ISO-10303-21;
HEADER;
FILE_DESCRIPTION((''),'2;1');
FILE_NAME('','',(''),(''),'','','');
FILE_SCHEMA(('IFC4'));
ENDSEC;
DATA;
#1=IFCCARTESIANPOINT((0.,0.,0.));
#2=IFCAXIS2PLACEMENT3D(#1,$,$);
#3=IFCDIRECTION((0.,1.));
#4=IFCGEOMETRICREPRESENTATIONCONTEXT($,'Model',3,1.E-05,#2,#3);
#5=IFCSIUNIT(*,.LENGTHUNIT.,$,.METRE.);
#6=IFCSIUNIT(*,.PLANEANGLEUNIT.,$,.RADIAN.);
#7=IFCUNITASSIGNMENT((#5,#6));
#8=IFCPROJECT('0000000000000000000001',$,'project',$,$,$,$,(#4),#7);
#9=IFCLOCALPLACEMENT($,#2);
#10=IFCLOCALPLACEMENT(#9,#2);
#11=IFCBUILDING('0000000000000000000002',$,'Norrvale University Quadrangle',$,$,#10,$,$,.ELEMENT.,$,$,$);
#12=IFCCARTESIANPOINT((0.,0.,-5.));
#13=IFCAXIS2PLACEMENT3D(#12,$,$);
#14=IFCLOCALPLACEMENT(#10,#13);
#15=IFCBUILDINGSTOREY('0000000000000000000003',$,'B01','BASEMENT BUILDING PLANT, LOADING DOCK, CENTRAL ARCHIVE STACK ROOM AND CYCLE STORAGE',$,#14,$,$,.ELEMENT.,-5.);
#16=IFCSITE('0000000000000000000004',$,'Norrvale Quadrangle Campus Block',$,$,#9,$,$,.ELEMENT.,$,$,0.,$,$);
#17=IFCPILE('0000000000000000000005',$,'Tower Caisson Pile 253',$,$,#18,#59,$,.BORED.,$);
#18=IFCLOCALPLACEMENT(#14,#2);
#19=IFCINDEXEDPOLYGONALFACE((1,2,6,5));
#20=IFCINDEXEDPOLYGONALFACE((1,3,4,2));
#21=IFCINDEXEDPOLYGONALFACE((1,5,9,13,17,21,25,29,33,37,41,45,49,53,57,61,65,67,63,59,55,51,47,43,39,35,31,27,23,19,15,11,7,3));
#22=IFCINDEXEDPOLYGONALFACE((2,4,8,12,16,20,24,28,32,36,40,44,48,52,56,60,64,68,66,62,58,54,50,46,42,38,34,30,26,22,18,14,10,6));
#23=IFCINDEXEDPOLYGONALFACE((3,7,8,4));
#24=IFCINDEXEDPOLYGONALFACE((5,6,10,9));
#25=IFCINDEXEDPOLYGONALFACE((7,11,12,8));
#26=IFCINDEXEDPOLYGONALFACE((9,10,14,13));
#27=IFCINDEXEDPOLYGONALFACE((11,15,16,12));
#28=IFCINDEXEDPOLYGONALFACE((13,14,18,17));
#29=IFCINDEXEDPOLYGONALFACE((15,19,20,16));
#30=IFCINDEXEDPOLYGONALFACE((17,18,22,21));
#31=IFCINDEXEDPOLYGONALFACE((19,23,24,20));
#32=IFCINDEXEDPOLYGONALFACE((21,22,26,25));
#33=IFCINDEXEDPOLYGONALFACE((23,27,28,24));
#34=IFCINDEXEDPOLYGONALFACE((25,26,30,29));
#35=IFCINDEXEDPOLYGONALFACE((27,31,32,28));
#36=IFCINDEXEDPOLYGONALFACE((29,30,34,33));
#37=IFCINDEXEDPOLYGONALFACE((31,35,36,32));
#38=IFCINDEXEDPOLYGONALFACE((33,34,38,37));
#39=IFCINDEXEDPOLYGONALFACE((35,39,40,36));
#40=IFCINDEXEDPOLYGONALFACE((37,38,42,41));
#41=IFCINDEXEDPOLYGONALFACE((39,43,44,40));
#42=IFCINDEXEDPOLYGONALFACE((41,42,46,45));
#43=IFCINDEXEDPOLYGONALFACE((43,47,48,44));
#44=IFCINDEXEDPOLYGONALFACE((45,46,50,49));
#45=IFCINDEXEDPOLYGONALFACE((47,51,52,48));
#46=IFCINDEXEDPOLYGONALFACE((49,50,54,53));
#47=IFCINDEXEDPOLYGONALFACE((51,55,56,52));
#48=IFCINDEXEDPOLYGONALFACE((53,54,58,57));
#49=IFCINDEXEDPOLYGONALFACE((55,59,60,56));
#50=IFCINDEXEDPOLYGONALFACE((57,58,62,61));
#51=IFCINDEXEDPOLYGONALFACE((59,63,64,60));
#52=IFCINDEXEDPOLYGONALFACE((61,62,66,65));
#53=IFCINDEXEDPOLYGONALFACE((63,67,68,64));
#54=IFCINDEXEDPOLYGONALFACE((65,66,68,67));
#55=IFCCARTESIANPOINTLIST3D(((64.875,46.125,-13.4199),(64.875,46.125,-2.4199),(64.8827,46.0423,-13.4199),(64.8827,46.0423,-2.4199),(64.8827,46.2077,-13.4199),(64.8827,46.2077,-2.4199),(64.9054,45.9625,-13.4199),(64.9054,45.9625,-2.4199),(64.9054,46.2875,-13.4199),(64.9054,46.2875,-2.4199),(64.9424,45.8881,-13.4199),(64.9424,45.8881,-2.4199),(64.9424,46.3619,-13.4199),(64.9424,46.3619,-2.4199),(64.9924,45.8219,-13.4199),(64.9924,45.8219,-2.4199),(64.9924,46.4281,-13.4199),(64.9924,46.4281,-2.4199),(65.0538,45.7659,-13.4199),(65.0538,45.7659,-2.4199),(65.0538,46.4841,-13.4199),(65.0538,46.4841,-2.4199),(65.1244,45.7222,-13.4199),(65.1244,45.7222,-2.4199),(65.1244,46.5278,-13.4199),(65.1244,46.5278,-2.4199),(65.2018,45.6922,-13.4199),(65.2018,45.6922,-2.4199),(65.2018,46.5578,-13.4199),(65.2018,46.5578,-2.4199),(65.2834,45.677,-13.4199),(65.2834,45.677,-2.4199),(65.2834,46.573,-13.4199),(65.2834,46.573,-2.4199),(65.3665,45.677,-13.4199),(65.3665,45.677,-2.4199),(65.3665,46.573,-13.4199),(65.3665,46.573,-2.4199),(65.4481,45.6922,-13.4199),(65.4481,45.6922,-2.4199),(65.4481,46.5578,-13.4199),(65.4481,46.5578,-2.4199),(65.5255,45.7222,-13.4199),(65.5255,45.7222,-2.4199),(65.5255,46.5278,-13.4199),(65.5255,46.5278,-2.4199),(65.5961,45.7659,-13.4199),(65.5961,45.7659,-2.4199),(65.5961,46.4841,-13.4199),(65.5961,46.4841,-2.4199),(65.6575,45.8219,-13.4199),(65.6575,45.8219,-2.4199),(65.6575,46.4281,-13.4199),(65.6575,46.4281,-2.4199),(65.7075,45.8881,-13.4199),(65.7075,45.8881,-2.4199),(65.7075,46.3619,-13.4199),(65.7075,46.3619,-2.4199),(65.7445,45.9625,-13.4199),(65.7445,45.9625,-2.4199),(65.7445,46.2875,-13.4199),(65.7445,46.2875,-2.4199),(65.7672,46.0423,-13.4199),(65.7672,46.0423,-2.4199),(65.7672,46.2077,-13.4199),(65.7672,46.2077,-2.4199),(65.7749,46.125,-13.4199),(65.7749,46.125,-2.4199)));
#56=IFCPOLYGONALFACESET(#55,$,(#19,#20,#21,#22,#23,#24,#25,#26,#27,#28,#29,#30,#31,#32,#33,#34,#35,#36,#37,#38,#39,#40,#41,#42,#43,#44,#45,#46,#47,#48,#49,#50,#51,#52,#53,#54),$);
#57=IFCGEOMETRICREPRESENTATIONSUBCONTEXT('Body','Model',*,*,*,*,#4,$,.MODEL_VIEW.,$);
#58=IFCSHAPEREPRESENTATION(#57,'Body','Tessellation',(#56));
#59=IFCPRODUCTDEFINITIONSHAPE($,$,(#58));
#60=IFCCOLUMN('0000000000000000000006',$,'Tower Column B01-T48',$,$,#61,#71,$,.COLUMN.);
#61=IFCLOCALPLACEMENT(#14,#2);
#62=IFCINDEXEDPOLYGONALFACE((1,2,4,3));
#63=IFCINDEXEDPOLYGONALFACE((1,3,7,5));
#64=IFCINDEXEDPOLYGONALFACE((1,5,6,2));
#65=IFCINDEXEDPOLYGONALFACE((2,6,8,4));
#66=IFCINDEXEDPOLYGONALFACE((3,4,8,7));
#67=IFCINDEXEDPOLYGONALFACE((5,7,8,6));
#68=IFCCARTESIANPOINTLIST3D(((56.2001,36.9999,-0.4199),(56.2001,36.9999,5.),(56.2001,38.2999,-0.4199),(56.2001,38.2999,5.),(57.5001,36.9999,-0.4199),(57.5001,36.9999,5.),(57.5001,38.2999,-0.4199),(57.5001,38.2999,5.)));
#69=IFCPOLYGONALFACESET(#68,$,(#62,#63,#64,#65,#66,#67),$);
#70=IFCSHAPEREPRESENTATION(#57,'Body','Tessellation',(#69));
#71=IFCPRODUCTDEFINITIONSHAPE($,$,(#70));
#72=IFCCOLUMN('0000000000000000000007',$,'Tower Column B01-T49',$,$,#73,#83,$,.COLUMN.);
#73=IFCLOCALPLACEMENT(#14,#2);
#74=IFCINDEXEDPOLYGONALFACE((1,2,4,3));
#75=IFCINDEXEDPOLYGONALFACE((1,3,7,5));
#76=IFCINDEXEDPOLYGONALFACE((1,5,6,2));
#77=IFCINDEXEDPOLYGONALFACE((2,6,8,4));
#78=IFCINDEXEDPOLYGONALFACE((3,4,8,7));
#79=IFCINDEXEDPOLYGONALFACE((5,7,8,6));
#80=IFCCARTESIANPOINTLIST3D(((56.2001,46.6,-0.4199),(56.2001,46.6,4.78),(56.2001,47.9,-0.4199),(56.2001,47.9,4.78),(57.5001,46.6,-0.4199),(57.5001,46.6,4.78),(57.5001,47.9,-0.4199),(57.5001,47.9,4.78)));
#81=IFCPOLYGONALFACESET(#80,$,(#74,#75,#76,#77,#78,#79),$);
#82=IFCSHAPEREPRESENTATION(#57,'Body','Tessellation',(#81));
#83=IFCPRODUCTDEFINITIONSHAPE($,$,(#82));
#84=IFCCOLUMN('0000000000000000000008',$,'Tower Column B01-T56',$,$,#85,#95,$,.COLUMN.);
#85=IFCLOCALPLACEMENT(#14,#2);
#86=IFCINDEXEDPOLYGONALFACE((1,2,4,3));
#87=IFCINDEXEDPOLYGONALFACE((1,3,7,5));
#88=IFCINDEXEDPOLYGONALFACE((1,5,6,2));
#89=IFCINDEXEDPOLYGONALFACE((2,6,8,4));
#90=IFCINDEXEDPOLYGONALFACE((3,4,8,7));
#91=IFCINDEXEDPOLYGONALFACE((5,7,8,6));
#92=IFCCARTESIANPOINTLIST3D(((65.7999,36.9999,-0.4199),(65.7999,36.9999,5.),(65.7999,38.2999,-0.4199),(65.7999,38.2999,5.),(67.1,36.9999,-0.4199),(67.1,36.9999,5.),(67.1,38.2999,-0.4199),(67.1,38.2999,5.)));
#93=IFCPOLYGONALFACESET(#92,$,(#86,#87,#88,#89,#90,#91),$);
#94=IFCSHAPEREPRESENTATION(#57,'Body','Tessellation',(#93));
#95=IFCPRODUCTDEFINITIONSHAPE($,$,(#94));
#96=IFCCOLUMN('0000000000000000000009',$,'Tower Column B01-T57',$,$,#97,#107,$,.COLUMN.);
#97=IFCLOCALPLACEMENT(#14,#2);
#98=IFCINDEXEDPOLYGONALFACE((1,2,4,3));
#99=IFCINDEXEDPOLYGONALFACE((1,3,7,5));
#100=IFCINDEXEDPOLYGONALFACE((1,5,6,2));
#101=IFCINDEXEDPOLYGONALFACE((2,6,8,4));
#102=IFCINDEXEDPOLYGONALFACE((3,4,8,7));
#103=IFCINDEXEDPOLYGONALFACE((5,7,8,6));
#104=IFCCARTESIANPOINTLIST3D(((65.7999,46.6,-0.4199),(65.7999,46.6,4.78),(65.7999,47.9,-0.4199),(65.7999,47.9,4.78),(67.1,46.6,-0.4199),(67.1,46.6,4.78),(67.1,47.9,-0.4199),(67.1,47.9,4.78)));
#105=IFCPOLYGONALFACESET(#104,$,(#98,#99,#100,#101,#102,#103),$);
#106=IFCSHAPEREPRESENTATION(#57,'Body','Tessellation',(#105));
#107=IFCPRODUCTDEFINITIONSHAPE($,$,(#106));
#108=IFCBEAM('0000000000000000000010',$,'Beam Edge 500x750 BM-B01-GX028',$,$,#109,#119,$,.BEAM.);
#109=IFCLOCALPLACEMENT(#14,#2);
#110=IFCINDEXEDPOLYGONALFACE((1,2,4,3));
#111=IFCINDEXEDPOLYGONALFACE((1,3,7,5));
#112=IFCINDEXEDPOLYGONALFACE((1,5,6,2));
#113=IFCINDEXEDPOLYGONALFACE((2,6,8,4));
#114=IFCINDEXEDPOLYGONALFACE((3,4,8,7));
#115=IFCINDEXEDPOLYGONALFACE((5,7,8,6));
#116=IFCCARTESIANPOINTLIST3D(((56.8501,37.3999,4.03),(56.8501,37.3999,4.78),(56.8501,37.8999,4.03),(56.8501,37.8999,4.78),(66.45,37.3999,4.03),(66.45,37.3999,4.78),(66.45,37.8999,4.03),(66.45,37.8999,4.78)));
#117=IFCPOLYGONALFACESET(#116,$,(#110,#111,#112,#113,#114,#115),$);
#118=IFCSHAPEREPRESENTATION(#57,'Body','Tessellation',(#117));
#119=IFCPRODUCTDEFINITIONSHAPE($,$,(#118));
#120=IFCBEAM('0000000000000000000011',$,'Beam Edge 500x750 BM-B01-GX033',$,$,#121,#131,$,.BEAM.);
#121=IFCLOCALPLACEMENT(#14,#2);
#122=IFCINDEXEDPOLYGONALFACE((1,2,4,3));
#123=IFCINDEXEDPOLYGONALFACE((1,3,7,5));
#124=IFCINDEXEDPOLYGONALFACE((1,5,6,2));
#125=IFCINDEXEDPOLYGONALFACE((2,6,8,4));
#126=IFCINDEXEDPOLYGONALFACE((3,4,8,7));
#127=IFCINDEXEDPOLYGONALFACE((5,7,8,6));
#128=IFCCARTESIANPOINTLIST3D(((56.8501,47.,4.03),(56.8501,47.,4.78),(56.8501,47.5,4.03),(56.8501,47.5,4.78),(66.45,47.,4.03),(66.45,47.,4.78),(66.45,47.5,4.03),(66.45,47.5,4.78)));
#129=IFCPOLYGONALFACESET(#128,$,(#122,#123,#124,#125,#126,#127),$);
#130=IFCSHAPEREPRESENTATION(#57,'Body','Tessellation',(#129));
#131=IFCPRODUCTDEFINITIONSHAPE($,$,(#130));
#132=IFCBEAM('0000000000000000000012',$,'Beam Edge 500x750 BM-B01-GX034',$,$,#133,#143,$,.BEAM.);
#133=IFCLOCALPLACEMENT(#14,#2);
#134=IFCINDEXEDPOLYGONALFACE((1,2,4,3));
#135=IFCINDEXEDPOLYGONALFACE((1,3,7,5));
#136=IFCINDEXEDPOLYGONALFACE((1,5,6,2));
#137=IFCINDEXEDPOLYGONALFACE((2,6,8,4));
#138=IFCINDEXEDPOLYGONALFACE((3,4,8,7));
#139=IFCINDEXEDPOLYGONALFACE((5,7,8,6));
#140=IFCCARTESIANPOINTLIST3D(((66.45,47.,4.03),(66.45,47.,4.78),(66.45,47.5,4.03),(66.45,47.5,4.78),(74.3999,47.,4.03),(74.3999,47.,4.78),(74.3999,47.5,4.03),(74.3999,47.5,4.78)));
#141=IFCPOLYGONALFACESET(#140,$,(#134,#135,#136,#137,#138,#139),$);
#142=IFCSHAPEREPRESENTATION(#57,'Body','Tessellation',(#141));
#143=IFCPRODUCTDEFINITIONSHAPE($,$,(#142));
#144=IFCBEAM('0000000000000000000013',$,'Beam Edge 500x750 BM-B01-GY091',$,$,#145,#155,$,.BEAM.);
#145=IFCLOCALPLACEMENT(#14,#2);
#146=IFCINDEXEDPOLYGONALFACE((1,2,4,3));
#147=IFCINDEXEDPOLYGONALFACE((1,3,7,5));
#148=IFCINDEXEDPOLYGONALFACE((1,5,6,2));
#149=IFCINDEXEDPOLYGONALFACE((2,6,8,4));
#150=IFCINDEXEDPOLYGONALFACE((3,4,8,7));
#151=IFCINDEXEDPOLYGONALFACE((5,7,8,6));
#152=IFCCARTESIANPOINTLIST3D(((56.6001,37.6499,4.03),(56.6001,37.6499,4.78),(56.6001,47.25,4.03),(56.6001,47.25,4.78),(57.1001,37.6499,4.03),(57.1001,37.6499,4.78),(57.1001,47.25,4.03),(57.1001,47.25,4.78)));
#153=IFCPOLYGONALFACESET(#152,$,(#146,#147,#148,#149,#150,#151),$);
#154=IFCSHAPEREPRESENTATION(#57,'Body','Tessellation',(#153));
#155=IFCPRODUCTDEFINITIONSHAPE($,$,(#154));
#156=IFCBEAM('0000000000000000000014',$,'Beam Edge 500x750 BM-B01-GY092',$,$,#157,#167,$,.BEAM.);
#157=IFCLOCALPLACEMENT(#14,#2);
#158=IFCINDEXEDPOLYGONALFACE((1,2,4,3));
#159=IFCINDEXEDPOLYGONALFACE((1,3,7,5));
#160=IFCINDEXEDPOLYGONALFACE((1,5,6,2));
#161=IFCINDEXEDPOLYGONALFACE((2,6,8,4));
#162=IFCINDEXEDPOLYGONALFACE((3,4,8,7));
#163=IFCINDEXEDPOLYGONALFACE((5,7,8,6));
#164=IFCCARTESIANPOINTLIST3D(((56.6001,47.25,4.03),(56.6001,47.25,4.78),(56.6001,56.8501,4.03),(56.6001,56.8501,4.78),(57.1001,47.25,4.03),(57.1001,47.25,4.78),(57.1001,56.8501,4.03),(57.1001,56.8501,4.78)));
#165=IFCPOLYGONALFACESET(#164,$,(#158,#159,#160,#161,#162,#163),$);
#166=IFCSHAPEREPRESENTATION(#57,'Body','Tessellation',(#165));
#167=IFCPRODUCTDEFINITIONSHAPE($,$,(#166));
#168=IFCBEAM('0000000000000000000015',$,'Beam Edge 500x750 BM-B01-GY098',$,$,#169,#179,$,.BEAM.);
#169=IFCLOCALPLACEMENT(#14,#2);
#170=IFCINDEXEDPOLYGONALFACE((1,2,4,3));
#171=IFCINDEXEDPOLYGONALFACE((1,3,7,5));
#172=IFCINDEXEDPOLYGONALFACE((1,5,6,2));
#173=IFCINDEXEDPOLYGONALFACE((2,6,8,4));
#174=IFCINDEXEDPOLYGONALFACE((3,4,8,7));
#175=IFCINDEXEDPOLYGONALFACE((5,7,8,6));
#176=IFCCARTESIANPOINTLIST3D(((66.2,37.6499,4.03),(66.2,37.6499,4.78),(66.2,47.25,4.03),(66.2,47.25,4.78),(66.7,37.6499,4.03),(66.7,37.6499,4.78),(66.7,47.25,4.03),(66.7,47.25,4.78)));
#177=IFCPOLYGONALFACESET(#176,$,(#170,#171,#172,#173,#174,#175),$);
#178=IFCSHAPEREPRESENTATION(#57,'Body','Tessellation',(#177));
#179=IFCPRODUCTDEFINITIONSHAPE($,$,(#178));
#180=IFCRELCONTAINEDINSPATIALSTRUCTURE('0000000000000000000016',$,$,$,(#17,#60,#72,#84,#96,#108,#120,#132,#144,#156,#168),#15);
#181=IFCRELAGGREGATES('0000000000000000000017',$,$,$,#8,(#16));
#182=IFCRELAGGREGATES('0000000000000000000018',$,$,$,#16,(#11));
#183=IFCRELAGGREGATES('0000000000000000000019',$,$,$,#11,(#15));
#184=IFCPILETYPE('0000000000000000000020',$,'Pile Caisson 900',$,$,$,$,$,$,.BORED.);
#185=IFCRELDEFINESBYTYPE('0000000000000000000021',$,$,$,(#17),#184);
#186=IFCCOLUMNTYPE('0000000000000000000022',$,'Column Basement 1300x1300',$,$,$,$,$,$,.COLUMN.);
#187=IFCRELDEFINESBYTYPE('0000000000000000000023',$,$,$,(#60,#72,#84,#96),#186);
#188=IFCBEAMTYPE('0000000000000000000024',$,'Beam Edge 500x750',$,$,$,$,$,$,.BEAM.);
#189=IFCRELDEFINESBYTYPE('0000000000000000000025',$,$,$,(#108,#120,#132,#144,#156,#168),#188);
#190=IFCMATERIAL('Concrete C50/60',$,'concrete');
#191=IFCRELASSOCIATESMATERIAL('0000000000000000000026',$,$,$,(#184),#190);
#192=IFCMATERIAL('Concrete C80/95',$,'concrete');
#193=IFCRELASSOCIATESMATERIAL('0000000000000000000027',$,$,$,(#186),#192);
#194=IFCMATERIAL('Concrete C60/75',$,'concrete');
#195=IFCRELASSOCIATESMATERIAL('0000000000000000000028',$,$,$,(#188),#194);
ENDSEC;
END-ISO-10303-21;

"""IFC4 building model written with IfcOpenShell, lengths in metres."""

from ifc_helpers import new_model, si_unit, direction, frame, origin, origin_2d, place, context, subcontext, project, spatial, rectangle, circle, extrude, material, material_profile, profile_set, type_object, element, save


model = new_model("IFC4")

# Units and contexts
model_context = context("Model", 3, precision=1e-05, world=origin(), true_north=direction((0.0, 1.0)))
body_context = subcontext(model_context, "Body", "Model", "MODEL_VIEW")
ifc_project = project(units=[si_unit("LENGTHUNIT", "METRE"), si_unit("PLANEANGLEUNIT", "RADIAN")], contexts=[model_context])

# Site, building, storey
site_placement = place(None, origin())
site = spatial("IfcSite", under=ifc_project, at=site_placement, Name="Norrvale Quadrangle Campus Block", CompositionType="ELEMENT", RefElevation=0.0)
building_placement = place(site_placement, origin())
building = spatial("IfcBuilding", under=site, at=building_placement, Name="Norrvale University Quadrangle", CompositionType="ELEMENT")
storey_placement = place(building_placement, frame((0.0, 0.0, -5.0)))
storey = spatial("IfcBuildingStorey", under=building, at=storey_placement, Name="B01", Description="BASEMENT BUILDING PLANT, LOADING DOCK, CENTRAL ARCHIVE STACK ROOM AND CYCLE STORAGE", CompositionType="ELEMENT", Elevation=-5.0)

# Shared definitions
ifc_material_1 = material(Name="Concrete C50/60", Category="concrete")

# Pile
ifc_material_profile_1 = material_profile(ifc_material_1, circle(Radius=0.45, at=origin_2d()), Name="Concrete C50/60")
ifc_profile_set_1 = profile_set([ifc_material_profile_1], Name="Concrete C50/60")
pile_type_1 = type_object("IfcPileType", Name="Pile Caisson 900", PredefinedType="BORED", material=ifc_profile_set_1)
for number, where, z_axis, x_axis, name in (
    (1, (65.325, 46.125, -2.4199), (0.0, 0.0, -1.0), (1.0, 0.0, 0.0), "Tower Caisson Pile 253"),
):
    element("IfcPile", number, at=place(storey_placement, frame(where, z_axis=z_axis, x_axis=x_axis)), inside=storey, type_object=pile_type_1, Name=name, PredefinedType="BORED", context=body_context, shape_type="SweptSolid", body=[
        extrude(circle(Radius=0.45, at=origin_2d()), origin(), (0.0, 0.0, 1.0), 11.0),
    ])

# Columns
ifc_material_2 = material(Name="Concrete C80/95", Category="concrete")
ifc_material_profile_2 = material_profile(ifc_material_2, rectangle(XDim=1.3, YDim=1.3, at=origin_2d()), Name="Concrete C80/95")
ifc_profile_set_2 = profile_set([ifc_material_profile_2], Name="Concrete C80/95")
column_type = type_object("IfcColumnType", Name="Column Basement 1300x1300", PredefinedType="COLUMN", material=ifc_profile_set_2)
column_1_placement = place(storey_placement, frame((56.8501, 37.6499, -0.4199), z_axis=(0.0, 0.0, 1.0), x_axis=(1.0, 0.0, 0.0)))
element("IfcColumn", 2, at=column_1_placement, inside=storey, type_object=column_type, Name="Tower Column B01-T48", PredefinedType="COLUMN", context=body_context, shape_type="SweptSolid", body=[
    extrude(rectangle(XDim=1.3, YDim=1.3, at=origin_2d()), origin(), (0.0, 0.0, 1.0), 5.4199),
])
column_2_placement = place(storey_placement, frame((56.8501, 47.25, -0.4199), z_axis=(0.0, 0.0, 1.0), x_axis=(1.0, 0.0, 0.0)))
element("IfcColumn", 3, at=column_2_placement, inside=storey, type_object=column_type, Name="Tower Column B01-T49", PredefinedType="COLUMN", context=body_context, shape_type="SweptSolid", body=[
    extrude(rectangle(XDim=1.3, YDim=1.3, at=origin_2d()), origin(), (0.0, 0.0, 1.0), 5.2),
])
column_3_placement = place(storey_placement, frame((66.45, 37.6499, -0.4199), z_axis=(0.0, 0.0, 1.0), x_axis=(1.0, 0.0, 0.0)))
element("IfcColumn", 4, at=column_3_placement, inside=storey, type_object=column_type, Name="Tower Column B01-T56", PredefinedType="COLUMN", context=body_context, shape_type="SweptSolid", body=[
    extrude(rectangle(XDim=1.3, YDim=1.3, at=origin_2d()), origin(), (0.0, 0.0, 1.0), 5.4199),
])
column_4_placement = place(storey_placement, frame((66.45, 47.25, -0.4199), z_axis=(0.0, 0.0, 1.0), x_axis=(1.0, 0.0, 0.0)))
element("IfcColumn", 5, at=column_4_placement, inside=storey, type_object=column_type, Name="Tower Column B01-T57", PredefinedType="COLUMN", context=body_context, shape_type="SweptSolid", body=[
    extrude(rectangle(XDim=1.3, YDim=1.3, at=origin_2d()), origin(), (0.0, 0.0, 1.0), 5.2),
])

# Beams
ifc_material_3 = material(Name="Concrete C60/75", Category="concrete")
ifc_material_profile_3 = material_profile(ifc_material_3, rectangle(XDim=0.5, YDim=0.75, at=origin_2d()), Name="Concrete C60/75")
ifc_profile_set_3 = profile_set([ifc_material_profile_3], Name="Concrete C60/75")
beam_type_1 = type_object("IfcBeamType", Name="Beam Edge 500x750", PredefinedType="BEAM", material=ifc_profile_set_3)
for number, where, z_axis, x_axis, name in (
    (6, (56.8501, 37.6499, 4.405), (1.0, 0.0, 0.0), (0.0, 1.0, 0.0), "Beam Edge 500x750 BM-B01-GX028"),
    (7, (56.8501, 47.25, 4.405), (1.0, 0.0, 0.0), (0.0, 1.0, 0.0), "Beam Edge 500x750 BM-B01-GX033"),
):
    element("IfcBeam", number, at=place(storey_placement, frame(where, z_axis=z_axis, x_axis=x_axis)), inside=storey, type_object=beam_type_1, Name=name, PredefinedType="BEAM", context=body_context, shape_type="SweptSolid", body=[
        extrude(rectangle(XDim=0.5, YDim=0.75, at=origin_2d()), origin(), (0.0, 0.0, 1.0), 9.5999),
    ])
beam_1_placement = place(storey_placement, frame((66.45, 47.25, 4.405), z_axis=(1.0, 0.0, 0.0), x_axis=(0.0, 1.0, 0.0)))
element("IfcBeam", 8, at=beam_1_placement, inside=storey, type_object=beam_type_1, Name="Beam Edge 500x750 BM-B01-GX034", PredefinedType="BEAM", context=body_context, shape_type="SweptSolid", body=[
    extrude(rectangle(XDim=0.5, YDim=0.75, at=origin_2d()), origin(), (0.0, 0.0, 1.0), 7.95),
])
for number, where, z_axis, x_axis, name in (
    (9, (56.8501, 37.6499, 4.405), (0.0, 1.0, 0.0), (-1.0, 0.0, 0.0), "Beam Edge 500x750 BM-B01-GY091"),
    (10, (56.8501, 47.25, 4.405), (0.0, 1.0, 0.0), (-1.0, 0.0, 0.0), "Beam Edge 500x750 BM-B01-GY092"),
    (11, (66.45, 37.6499, 4.405), (0.0, 1.0, 0.0), (-1.0, 0.0, 0.0), "Beam Edge 500x750 BM-B01-GY098"),
):
    element("IfcBeam", number, at=place(storey_placement, frame(where, z_axis=z_axis, x_axis=x_axis)), inside=storey, type_object=beam_type_1, Name=name, PredefinedType="BEAM", context=body_context, shape_type="SweptSolid", body=[
        extrude(rectangle(XDim=0.5, YDim=0.75, at=origin_2d()), origin(), (0.0, 0.0, 1.0), 9.6001),
    ])

save(model, "model.ifc")
